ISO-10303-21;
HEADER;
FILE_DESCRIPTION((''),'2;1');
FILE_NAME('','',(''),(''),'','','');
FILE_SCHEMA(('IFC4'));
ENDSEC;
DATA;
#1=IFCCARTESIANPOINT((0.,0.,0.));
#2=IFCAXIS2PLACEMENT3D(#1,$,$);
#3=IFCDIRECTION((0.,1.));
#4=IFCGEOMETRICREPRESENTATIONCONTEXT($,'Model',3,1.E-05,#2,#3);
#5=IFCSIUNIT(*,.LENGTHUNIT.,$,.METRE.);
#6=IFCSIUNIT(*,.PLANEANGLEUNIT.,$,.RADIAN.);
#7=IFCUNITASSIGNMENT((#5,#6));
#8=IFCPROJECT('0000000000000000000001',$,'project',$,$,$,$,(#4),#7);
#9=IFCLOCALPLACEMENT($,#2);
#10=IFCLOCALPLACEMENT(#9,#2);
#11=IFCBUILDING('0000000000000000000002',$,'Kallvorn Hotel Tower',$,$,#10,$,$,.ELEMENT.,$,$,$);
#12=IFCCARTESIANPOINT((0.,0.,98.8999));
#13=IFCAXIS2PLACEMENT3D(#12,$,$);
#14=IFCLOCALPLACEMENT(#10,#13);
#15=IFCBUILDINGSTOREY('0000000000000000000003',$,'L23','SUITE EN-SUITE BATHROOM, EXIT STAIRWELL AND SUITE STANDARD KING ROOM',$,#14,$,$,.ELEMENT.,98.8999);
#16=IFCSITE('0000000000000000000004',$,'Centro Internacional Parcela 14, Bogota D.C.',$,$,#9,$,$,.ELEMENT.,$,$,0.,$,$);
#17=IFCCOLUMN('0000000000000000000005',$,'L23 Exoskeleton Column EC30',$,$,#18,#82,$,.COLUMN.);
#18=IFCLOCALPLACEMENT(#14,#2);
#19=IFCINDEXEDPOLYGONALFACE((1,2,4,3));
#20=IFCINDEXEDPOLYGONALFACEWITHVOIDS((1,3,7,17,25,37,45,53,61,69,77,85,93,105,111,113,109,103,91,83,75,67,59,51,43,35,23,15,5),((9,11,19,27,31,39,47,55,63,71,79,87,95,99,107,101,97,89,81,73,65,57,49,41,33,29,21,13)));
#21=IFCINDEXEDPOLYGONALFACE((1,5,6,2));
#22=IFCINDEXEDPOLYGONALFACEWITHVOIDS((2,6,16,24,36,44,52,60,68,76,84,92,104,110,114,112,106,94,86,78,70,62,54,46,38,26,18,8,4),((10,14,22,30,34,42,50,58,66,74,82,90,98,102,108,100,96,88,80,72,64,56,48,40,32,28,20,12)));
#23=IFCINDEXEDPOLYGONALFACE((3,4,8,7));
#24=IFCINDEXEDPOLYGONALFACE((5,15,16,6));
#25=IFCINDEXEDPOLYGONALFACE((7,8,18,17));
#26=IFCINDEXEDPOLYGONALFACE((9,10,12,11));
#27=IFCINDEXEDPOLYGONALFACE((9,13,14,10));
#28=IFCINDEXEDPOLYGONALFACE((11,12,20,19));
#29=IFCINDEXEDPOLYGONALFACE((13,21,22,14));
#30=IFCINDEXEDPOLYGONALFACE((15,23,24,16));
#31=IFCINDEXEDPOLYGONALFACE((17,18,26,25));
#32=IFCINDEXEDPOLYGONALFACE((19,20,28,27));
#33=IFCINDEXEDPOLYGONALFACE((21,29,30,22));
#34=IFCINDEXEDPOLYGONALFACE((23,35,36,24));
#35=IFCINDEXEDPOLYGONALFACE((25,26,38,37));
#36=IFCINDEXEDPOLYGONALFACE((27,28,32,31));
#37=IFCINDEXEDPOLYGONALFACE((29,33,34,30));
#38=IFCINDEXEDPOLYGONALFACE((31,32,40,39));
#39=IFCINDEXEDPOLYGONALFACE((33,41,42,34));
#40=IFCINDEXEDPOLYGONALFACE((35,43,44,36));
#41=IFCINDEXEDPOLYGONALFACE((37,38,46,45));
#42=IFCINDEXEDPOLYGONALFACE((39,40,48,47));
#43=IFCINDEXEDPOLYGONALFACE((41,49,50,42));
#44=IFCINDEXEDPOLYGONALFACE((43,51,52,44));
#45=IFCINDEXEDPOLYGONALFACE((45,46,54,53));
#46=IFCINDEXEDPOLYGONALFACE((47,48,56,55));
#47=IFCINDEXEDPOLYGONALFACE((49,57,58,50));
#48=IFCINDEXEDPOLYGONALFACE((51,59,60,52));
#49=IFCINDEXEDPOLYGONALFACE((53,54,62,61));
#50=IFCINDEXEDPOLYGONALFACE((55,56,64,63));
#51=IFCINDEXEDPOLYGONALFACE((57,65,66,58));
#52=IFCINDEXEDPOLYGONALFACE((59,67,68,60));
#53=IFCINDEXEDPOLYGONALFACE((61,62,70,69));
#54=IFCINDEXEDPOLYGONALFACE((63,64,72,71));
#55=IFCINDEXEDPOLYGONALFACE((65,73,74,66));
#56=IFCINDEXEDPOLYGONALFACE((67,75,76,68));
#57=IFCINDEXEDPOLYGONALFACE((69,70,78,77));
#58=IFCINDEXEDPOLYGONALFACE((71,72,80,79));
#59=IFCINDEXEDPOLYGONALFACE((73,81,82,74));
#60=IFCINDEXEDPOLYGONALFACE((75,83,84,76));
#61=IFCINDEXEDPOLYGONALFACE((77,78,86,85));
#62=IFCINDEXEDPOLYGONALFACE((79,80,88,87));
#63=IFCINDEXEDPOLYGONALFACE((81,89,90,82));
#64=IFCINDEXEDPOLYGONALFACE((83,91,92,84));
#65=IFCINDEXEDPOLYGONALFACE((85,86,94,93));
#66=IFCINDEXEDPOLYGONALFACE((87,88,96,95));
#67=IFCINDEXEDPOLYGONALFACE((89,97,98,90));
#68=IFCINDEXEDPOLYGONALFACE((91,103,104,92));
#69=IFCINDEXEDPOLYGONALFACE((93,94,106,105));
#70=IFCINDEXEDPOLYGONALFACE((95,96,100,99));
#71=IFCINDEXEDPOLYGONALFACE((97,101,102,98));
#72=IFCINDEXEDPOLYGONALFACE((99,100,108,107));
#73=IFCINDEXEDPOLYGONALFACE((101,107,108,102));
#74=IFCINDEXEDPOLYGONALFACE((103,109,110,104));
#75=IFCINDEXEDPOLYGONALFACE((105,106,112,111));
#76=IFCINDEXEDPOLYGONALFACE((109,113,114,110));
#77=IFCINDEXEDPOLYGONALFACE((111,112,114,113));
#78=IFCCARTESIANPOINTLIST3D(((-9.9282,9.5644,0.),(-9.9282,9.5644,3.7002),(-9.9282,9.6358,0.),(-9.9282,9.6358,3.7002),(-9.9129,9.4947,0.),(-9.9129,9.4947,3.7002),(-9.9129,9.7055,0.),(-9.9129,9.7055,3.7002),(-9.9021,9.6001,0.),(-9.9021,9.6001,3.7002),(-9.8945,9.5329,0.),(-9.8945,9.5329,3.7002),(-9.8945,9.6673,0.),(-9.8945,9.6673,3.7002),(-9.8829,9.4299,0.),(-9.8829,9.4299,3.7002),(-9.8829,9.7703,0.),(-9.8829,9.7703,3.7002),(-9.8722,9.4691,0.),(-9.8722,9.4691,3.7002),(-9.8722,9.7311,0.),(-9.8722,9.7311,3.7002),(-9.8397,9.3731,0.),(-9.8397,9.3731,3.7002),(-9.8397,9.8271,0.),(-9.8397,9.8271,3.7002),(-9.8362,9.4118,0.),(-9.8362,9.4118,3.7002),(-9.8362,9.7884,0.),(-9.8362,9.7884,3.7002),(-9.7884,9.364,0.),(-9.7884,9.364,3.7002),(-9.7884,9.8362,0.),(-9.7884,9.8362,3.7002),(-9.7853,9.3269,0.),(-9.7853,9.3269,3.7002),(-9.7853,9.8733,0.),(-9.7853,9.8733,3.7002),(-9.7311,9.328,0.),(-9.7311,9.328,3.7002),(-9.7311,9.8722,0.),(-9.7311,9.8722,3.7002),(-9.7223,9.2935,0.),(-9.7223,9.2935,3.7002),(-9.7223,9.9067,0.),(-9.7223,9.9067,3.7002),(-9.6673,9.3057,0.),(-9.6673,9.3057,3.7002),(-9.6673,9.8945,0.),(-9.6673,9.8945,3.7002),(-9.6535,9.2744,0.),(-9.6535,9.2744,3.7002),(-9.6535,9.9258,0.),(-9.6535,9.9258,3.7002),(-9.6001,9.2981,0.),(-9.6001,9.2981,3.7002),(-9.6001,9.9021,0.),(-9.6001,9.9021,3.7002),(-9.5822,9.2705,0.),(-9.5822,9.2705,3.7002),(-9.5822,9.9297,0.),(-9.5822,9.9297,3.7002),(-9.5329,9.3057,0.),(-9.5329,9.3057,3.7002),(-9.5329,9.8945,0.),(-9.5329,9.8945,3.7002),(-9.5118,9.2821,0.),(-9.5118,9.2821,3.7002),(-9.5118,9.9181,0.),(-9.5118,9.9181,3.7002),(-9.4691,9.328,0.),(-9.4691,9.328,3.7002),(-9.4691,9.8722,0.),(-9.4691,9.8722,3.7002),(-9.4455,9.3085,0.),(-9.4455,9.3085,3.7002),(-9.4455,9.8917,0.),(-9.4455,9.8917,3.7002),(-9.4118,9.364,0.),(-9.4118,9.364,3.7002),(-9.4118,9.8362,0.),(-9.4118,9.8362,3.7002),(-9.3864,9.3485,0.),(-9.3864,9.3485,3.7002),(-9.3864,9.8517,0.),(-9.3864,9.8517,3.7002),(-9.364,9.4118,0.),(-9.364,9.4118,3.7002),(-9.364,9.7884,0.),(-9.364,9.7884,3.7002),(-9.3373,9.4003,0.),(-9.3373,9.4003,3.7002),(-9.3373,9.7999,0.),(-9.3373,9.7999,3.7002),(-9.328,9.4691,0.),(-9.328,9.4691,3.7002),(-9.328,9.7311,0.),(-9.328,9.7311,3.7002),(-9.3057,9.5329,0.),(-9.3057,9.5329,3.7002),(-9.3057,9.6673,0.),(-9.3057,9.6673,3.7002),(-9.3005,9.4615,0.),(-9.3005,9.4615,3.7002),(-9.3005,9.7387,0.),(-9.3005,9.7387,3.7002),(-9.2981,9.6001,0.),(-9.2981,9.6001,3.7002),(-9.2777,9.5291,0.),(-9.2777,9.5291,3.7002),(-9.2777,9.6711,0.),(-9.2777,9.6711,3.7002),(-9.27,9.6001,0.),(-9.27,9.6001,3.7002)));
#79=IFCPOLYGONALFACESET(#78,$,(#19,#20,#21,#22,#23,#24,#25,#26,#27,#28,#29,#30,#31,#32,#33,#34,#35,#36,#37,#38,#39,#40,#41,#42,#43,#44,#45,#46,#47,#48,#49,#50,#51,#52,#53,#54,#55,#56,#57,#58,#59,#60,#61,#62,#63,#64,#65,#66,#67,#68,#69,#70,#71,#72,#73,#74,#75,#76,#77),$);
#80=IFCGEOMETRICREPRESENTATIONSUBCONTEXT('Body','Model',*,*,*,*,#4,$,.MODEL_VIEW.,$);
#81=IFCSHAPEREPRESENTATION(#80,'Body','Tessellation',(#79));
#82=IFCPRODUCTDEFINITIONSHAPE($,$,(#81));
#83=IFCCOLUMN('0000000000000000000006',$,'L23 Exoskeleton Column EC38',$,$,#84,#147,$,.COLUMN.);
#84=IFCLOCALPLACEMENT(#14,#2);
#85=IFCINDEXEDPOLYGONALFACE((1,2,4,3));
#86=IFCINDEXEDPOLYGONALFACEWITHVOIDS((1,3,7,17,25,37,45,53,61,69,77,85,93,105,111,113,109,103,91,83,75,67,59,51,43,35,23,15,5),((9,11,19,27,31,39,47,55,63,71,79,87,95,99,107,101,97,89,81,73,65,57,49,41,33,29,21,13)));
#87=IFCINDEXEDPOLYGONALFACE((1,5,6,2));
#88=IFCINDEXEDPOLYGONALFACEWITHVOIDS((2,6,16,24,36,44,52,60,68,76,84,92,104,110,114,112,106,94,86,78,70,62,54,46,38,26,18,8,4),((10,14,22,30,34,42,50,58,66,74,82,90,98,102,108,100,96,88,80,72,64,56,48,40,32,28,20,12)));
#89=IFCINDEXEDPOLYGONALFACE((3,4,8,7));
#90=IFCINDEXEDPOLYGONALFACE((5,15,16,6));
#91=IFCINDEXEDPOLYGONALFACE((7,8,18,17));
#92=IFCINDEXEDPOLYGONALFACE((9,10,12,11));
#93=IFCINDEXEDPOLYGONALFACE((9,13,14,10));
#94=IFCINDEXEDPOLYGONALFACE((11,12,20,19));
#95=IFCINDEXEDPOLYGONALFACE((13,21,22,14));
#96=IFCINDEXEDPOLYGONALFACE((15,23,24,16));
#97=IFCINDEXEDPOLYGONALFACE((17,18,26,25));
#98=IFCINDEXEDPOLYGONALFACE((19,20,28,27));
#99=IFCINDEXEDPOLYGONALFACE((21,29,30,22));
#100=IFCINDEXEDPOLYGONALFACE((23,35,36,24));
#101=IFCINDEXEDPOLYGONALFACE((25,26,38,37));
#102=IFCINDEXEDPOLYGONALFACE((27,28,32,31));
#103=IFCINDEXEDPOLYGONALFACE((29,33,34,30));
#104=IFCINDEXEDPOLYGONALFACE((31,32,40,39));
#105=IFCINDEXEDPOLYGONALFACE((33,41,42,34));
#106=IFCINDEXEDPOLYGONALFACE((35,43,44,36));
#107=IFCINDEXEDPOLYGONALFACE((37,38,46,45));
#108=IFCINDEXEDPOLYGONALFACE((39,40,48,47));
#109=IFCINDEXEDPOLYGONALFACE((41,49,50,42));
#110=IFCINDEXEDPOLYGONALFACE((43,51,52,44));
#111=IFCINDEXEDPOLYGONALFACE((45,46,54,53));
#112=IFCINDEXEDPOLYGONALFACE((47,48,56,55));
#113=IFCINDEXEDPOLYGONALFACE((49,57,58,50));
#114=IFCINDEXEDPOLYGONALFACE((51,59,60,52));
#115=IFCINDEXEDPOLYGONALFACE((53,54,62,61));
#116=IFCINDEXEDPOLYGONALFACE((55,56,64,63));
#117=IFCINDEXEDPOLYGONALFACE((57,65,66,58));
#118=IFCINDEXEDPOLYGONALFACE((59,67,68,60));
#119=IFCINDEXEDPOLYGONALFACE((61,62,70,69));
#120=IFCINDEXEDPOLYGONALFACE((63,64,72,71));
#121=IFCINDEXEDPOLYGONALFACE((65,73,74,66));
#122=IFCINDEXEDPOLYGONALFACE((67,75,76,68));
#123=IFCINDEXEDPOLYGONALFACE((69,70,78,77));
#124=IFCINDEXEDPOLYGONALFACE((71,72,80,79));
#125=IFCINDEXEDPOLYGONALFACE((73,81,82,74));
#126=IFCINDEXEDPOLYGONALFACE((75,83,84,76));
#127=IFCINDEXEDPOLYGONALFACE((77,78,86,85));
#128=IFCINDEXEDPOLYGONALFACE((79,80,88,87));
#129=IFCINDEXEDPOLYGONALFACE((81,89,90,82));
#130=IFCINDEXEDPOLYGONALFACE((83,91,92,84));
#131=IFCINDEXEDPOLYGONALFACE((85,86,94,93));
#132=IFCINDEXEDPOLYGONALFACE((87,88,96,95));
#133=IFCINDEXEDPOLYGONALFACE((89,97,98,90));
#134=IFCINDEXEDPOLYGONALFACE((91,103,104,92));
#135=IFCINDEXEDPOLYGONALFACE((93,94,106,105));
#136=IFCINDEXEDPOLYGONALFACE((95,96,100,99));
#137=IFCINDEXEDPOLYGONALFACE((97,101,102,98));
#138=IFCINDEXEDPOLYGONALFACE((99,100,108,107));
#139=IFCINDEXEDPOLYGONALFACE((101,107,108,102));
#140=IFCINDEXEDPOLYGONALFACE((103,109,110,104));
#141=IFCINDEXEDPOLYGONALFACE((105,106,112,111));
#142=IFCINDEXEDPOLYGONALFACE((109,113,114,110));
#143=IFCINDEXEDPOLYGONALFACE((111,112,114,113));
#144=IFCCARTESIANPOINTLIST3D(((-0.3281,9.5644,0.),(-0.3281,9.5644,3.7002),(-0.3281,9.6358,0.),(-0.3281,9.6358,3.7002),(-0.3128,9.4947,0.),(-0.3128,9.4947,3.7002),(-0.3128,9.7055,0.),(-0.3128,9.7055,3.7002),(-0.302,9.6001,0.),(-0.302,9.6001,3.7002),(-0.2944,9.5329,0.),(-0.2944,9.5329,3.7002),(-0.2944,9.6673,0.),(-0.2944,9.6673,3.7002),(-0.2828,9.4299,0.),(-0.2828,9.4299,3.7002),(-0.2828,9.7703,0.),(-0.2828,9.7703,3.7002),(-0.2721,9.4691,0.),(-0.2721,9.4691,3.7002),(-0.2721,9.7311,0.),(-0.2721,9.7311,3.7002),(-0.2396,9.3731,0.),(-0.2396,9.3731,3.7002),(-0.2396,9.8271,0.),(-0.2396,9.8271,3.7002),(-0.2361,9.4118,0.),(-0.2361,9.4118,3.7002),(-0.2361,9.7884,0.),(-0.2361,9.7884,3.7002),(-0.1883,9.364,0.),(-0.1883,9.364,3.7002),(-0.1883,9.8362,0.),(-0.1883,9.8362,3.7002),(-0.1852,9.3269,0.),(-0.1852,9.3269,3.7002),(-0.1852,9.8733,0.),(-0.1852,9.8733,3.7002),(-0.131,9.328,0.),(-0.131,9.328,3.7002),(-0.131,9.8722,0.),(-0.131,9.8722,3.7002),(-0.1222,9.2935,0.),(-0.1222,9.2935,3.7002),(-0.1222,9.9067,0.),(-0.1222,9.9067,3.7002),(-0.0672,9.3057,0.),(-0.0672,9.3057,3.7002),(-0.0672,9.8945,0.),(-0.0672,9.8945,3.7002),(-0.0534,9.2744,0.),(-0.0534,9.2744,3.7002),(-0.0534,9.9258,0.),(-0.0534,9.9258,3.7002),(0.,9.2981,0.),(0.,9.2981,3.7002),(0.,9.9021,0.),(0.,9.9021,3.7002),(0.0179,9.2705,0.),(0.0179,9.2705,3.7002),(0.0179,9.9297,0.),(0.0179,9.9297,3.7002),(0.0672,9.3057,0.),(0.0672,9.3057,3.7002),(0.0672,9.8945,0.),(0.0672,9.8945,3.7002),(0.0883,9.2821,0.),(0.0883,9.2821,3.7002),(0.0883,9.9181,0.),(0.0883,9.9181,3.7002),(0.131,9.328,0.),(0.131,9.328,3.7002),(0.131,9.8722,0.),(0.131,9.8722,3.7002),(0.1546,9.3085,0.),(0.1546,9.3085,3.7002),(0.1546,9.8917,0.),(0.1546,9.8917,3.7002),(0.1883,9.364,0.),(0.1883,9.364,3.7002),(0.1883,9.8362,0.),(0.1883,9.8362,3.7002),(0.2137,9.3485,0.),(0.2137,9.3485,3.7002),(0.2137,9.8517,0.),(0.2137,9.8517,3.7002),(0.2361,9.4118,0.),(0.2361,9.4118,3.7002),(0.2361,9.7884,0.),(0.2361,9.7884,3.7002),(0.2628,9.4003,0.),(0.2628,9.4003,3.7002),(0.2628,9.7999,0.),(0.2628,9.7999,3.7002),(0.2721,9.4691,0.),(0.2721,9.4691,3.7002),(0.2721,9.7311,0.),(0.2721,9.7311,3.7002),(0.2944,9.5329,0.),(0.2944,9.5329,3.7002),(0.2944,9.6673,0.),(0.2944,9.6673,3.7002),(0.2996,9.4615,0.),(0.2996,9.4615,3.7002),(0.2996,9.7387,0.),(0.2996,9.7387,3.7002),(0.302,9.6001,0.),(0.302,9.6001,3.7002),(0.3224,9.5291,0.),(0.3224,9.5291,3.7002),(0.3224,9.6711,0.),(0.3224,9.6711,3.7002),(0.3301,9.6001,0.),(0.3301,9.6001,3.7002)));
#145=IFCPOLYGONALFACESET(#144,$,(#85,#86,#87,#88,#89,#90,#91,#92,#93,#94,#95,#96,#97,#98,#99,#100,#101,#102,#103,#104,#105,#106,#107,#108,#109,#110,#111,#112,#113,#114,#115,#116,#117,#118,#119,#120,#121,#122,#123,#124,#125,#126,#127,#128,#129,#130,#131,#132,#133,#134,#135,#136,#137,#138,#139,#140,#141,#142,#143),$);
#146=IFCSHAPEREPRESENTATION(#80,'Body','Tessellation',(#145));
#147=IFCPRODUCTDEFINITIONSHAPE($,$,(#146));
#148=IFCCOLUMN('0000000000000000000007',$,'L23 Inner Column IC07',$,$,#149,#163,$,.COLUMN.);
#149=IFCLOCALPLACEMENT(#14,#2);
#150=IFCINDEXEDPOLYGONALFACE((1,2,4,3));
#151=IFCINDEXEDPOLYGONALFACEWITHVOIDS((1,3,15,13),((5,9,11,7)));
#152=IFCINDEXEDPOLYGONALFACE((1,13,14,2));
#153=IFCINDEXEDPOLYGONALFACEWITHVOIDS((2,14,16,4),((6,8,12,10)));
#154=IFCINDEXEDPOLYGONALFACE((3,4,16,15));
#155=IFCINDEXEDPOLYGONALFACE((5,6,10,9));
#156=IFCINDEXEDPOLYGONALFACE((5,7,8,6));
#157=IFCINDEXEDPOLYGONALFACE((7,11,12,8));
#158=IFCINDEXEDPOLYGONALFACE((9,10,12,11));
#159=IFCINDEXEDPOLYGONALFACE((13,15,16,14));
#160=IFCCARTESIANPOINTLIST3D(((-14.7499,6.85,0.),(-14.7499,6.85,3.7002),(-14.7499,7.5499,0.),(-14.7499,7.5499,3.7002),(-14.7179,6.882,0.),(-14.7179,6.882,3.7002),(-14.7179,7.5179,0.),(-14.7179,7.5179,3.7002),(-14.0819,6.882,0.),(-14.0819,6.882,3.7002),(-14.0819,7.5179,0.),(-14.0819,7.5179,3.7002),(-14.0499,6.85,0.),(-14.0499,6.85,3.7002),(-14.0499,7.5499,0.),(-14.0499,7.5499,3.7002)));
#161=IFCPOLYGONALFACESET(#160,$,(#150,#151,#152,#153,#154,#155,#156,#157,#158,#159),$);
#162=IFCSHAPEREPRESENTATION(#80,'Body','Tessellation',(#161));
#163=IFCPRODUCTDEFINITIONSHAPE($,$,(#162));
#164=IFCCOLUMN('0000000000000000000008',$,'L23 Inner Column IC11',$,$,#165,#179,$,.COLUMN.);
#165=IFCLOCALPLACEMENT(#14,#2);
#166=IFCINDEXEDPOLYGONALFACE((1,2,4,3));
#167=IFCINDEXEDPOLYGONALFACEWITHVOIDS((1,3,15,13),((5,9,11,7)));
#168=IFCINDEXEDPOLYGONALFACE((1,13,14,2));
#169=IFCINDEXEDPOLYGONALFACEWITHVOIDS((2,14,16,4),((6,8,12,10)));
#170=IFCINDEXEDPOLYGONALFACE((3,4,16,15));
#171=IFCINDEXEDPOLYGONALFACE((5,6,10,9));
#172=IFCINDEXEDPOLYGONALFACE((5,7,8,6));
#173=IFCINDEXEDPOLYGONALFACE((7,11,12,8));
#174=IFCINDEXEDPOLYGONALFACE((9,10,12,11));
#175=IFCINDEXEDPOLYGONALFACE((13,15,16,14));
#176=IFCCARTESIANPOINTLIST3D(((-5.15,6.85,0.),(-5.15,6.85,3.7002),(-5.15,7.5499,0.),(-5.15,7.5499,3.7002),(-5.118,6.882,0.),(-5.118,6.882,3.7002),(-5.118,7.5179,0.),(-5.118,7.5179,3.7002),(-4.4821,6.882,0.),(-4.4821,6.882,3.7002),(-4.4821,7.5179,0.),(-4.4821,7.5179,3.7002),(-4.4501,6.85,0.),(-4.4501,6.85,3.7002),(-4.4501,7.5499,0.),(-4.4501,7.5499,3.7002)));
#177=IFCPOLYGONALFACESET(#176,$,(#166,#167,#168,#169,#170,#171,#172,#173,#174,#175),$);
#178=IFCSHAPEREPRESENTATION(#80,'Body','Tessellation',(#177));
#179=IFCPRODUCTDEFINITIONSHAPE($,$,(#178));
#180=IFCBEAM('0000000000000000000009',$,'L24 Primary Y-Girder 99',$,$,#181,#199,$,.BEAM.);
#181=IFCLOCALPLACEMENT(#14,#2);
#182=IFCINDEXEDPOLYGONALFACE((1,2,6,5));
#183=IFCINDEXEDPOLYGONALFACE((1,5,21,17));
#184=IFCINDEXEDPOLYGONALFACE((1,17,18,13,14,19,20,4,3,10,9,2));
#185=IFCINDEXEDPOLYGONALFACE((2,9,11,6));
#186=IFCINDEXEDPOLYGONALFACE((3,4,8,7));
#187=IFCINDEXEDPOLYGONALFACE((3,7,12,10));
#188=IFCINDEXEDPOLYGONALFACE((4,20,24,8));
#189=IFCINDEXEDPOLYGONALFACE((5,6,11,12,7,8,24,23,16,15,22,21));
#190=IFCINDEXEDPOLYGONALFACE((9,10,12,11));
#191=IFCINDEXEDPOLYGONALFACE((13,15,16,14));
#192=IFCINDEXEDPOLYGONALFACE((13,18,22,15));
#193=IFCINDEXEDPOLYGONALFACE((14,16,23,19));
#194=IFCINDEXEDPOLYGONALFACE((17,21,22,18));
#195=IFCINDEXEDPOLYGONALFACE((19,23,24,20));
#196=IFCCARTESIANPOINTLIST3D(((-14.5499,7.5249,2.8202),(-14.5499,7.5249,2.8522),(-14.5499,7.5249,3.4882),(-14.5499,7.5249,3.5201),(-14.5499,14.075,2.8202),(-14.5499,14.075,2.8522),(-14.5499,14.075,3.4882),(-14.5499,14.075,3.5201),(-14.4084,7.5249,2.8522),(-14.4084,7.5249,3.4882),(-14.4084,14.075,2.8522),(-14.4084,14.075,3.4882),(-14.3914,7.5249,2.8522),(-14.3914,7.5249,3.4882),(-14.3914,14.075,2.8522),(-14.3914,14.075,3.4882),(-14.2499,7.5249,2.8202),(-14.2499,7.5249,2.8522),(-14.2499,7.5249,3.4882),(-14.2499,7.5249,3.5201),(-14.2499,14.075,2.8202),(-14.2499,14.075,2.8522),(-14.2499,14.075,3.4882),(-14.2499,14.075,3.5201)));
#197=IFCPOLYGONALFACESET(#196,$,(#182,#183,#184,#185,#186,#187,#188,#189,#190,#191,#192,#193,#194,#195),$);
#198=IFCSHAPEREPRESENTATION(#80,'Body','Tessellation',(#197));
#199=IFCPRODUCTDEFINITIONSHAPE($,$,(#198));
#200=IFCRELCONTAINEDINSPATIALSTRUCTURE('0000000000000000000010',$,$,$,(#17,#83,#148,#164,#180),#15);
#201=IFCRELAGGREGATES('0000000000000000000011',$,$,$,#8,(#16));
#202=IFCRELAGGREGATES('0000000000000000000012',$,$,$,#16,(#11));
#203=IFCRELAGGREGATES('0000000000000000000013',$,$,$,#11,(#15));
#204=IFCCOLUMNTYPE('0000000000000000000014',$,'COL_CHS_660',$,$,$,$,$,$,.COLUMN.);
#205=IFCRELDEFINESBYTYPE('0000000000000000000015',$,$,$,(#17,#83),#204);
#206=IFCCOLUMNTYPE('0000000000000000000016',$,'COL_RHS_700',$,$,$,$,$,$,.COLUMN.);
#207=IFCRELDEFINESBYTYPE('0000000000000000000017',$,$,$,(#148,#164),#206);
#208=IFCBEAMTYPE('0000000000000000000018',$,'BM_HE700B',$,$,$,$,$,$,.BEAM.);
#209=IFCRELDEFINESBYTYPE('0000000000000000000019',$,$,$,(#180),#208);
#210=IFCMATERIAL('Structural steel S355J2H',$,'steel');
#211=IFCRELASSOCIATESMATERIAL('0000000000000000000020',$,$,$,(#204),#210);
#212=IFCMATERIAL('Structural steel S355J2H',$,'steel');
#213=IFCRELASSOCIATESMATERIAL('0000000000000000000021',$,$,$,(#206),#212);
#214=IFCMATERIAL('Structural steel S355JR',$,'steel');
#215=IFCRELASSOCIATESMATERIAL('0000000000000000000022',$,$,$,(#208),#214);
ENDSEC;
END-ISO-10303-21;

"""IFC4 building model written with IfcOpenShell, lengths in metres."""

from ifc_helpers import new_model, si_unit, direction, frame, origin, origin_2d, place, context, subcontext, project, spatial, hollow_rectangle, hollow_circle, i_section, extrude, material, material_profile, profile_set, type_object, element, save


model = new_model("IFC4")

# Units and contexts
model_context = context("Model", 3, precision=1e-05, world=origin(), true_north=direction((0.0, 1.0)))
body_context = subcontext(model_context, "Body", "Model", "MODEL_VIEW")
ifc_project = project(units=[si_unit("LENGTHUNIT", "METRE"), si_unit("PLANEANGLEUNIT", "RADIAN")], contexts=[model_context])

# Site, building, storey
site_placement = place(None, origin())
site = spatial("IfcSite", under=ifc_project, at=site_placement, Name="Centro Internacional Parcela 14, Bogota D.C.", CompositionType="ELEMENT", RefElevation=0.0)
building_placement = place(site_placement, origin())
building = spatial("IfcBuilding", under=site, at=building_placement, Name="Kallvorn Hotel Tower", CompositionType="ELEMENT")
storey_placement = place(building_placement, frame((0.0, 0.0, 98.8999)))
storey = spatial("IfcBuildingStorey", under=building, at=storey_placement, Name="L23", Description="SUITE EN-SUITE BATHROOM, EXIT STAIRWELL AND SUITE STANDARD KING ROOM", CompositionType="ELEMENT", Elevation=98.8999)

# Columns
ifc_material_1 = material(Name="Structural steel S355J2H", Category="steel")
ifc_material_profile_1 = material_profile(ifc_material_1, hollow_circle(Radius=0.3301, WallThickness=0.0281, at=origin_2d()), Name="CHS 660x28")
ifc_profile_set_1 = profile_set([ifc_material_profile_1], Name="Structural steel S355J2H")
column_type_1 = type_object("IfcColumnType", Name="COL_CHS_660", PredefinedType="COLUMN", material=ifc_profile_set_1)
for number, where, z_axis, x_axis, name in (
    (1, (-9.6001, 9.6001, 0.0), (0.0, 0.0, 1.0), (1.0, 0.0, 0.0), "L23 Exoskeleton Column EC30"),
    (2, (0.0, 9.6001, 0.0), (0.0, 0.0, 1.0), (1.0, 0.0, 0.0), "L23 Exoskeleton Column EC38"),
):
    element("IfcColumn", number, at=place(storey_placement, frame(where, z_axis=z_axis, x_axis=x_axis)), inside=storey, type_object=column_type_1, Name=name, PredefinedType="COLUMN", context=body_context, shape_type="SweptSolid", body=[
        extrude(hollow_circle(Radius=0.3301, WallThickness=0.0281, at=origin_2d()), origin(), (0.0, 0.0, 1.0), 3.7002),
    ])
ifc_material_2 = material(Name="Structural steel S355J2H", Category="steel")
ifc_material_profile_2 = material_profile(ifc_material_2, hollow_rectangle(XDim=0.7, YDim=0.7, WallThickness=0.032, at=origin_2d()), Name="RHS 700x700x32")
ifc_profile_set_2 = profile_set([ifc_material_profile_2], Name="Structural steel S355J2H")
column_type_2 = type_object("IfcColumnType", Name="COL_RHS_700", PredefinedType="COLUMN", material=ifc_profile_set_2)
for number, where, z_axis, x_axis, name in (
    (3, (-14.3999, 7.2, 0.0), (0.0, 0.0, 1.0), (1.0, 0.0, 0.0), "L23 Inner Column IC07"),
    (4, (-4.8, 7.2, 0.0), (0.0, 0.0, 1.0), (1.0, 0.0, 0.0), "L23 Inner Column IC11"),
):
    element("IfcColumn", number, at=place(storey_placement, frame(where, z_axis=z_axis, x_axis=x_axis)), inside=storey, type_object=column_type_2, Name=name, PredefinedType="COLUMN", context=body_context, shape_type="SweptSolid", body=[
        extrude(hollow_rectangle(XDim=0.7, YDim=0.7, WallThickness=0.032, at=origin_2d()), origin(), (0.0, 0.0, 1.0), 3.7002),
    ])

# Beam
ifc_material_3 = material(Name="Structural steel S355JR", Category="steel")
ifc_material_profile_3 = material_profile(ifc_material_3, i_section(OverallWidth=0.3, OverallDepth=0.7, WebThickness=0.0171, FlangeThickness=0.032, at=origin_2d()), Name="HE 700 B")
ifc_profile_set_3 = profile_set([ifc_material_profile_3], Name="Structural steel S355JR")
beam_type_1 = type_object("IfcBeamType", Name="BM_HE700B", PredefinedType="BEAM", material=ifc_profile_set_3)
for number, where, z_axis, x_axis, name in (
    (5, (-14.3999, 7.5249, 3.1702), (0.0, 1.0, 0.0), (-1.0, 0.0, 0.0), "L24 Primary Y-Girder 99"),
):
    element("IfcBeam", number, at=place(storey_placement, frame(where, z_axis=z_axis, x_axis=x_axis)), inside=storey, type_object=beam_type_1, Name=name, PredefinedType="BEAM", context=body_context, shape_type="SweptSolid", body=[
        extrude(i_section(OverallWidth=0.3, OverallDepth=0.7, WebThickness=0.0171, FlangeThickness=0.032, at=origin_2d()), origin(), (0.0, 0.0, 1.0), 6.55),
    ])

save(model, "model.ifc")
